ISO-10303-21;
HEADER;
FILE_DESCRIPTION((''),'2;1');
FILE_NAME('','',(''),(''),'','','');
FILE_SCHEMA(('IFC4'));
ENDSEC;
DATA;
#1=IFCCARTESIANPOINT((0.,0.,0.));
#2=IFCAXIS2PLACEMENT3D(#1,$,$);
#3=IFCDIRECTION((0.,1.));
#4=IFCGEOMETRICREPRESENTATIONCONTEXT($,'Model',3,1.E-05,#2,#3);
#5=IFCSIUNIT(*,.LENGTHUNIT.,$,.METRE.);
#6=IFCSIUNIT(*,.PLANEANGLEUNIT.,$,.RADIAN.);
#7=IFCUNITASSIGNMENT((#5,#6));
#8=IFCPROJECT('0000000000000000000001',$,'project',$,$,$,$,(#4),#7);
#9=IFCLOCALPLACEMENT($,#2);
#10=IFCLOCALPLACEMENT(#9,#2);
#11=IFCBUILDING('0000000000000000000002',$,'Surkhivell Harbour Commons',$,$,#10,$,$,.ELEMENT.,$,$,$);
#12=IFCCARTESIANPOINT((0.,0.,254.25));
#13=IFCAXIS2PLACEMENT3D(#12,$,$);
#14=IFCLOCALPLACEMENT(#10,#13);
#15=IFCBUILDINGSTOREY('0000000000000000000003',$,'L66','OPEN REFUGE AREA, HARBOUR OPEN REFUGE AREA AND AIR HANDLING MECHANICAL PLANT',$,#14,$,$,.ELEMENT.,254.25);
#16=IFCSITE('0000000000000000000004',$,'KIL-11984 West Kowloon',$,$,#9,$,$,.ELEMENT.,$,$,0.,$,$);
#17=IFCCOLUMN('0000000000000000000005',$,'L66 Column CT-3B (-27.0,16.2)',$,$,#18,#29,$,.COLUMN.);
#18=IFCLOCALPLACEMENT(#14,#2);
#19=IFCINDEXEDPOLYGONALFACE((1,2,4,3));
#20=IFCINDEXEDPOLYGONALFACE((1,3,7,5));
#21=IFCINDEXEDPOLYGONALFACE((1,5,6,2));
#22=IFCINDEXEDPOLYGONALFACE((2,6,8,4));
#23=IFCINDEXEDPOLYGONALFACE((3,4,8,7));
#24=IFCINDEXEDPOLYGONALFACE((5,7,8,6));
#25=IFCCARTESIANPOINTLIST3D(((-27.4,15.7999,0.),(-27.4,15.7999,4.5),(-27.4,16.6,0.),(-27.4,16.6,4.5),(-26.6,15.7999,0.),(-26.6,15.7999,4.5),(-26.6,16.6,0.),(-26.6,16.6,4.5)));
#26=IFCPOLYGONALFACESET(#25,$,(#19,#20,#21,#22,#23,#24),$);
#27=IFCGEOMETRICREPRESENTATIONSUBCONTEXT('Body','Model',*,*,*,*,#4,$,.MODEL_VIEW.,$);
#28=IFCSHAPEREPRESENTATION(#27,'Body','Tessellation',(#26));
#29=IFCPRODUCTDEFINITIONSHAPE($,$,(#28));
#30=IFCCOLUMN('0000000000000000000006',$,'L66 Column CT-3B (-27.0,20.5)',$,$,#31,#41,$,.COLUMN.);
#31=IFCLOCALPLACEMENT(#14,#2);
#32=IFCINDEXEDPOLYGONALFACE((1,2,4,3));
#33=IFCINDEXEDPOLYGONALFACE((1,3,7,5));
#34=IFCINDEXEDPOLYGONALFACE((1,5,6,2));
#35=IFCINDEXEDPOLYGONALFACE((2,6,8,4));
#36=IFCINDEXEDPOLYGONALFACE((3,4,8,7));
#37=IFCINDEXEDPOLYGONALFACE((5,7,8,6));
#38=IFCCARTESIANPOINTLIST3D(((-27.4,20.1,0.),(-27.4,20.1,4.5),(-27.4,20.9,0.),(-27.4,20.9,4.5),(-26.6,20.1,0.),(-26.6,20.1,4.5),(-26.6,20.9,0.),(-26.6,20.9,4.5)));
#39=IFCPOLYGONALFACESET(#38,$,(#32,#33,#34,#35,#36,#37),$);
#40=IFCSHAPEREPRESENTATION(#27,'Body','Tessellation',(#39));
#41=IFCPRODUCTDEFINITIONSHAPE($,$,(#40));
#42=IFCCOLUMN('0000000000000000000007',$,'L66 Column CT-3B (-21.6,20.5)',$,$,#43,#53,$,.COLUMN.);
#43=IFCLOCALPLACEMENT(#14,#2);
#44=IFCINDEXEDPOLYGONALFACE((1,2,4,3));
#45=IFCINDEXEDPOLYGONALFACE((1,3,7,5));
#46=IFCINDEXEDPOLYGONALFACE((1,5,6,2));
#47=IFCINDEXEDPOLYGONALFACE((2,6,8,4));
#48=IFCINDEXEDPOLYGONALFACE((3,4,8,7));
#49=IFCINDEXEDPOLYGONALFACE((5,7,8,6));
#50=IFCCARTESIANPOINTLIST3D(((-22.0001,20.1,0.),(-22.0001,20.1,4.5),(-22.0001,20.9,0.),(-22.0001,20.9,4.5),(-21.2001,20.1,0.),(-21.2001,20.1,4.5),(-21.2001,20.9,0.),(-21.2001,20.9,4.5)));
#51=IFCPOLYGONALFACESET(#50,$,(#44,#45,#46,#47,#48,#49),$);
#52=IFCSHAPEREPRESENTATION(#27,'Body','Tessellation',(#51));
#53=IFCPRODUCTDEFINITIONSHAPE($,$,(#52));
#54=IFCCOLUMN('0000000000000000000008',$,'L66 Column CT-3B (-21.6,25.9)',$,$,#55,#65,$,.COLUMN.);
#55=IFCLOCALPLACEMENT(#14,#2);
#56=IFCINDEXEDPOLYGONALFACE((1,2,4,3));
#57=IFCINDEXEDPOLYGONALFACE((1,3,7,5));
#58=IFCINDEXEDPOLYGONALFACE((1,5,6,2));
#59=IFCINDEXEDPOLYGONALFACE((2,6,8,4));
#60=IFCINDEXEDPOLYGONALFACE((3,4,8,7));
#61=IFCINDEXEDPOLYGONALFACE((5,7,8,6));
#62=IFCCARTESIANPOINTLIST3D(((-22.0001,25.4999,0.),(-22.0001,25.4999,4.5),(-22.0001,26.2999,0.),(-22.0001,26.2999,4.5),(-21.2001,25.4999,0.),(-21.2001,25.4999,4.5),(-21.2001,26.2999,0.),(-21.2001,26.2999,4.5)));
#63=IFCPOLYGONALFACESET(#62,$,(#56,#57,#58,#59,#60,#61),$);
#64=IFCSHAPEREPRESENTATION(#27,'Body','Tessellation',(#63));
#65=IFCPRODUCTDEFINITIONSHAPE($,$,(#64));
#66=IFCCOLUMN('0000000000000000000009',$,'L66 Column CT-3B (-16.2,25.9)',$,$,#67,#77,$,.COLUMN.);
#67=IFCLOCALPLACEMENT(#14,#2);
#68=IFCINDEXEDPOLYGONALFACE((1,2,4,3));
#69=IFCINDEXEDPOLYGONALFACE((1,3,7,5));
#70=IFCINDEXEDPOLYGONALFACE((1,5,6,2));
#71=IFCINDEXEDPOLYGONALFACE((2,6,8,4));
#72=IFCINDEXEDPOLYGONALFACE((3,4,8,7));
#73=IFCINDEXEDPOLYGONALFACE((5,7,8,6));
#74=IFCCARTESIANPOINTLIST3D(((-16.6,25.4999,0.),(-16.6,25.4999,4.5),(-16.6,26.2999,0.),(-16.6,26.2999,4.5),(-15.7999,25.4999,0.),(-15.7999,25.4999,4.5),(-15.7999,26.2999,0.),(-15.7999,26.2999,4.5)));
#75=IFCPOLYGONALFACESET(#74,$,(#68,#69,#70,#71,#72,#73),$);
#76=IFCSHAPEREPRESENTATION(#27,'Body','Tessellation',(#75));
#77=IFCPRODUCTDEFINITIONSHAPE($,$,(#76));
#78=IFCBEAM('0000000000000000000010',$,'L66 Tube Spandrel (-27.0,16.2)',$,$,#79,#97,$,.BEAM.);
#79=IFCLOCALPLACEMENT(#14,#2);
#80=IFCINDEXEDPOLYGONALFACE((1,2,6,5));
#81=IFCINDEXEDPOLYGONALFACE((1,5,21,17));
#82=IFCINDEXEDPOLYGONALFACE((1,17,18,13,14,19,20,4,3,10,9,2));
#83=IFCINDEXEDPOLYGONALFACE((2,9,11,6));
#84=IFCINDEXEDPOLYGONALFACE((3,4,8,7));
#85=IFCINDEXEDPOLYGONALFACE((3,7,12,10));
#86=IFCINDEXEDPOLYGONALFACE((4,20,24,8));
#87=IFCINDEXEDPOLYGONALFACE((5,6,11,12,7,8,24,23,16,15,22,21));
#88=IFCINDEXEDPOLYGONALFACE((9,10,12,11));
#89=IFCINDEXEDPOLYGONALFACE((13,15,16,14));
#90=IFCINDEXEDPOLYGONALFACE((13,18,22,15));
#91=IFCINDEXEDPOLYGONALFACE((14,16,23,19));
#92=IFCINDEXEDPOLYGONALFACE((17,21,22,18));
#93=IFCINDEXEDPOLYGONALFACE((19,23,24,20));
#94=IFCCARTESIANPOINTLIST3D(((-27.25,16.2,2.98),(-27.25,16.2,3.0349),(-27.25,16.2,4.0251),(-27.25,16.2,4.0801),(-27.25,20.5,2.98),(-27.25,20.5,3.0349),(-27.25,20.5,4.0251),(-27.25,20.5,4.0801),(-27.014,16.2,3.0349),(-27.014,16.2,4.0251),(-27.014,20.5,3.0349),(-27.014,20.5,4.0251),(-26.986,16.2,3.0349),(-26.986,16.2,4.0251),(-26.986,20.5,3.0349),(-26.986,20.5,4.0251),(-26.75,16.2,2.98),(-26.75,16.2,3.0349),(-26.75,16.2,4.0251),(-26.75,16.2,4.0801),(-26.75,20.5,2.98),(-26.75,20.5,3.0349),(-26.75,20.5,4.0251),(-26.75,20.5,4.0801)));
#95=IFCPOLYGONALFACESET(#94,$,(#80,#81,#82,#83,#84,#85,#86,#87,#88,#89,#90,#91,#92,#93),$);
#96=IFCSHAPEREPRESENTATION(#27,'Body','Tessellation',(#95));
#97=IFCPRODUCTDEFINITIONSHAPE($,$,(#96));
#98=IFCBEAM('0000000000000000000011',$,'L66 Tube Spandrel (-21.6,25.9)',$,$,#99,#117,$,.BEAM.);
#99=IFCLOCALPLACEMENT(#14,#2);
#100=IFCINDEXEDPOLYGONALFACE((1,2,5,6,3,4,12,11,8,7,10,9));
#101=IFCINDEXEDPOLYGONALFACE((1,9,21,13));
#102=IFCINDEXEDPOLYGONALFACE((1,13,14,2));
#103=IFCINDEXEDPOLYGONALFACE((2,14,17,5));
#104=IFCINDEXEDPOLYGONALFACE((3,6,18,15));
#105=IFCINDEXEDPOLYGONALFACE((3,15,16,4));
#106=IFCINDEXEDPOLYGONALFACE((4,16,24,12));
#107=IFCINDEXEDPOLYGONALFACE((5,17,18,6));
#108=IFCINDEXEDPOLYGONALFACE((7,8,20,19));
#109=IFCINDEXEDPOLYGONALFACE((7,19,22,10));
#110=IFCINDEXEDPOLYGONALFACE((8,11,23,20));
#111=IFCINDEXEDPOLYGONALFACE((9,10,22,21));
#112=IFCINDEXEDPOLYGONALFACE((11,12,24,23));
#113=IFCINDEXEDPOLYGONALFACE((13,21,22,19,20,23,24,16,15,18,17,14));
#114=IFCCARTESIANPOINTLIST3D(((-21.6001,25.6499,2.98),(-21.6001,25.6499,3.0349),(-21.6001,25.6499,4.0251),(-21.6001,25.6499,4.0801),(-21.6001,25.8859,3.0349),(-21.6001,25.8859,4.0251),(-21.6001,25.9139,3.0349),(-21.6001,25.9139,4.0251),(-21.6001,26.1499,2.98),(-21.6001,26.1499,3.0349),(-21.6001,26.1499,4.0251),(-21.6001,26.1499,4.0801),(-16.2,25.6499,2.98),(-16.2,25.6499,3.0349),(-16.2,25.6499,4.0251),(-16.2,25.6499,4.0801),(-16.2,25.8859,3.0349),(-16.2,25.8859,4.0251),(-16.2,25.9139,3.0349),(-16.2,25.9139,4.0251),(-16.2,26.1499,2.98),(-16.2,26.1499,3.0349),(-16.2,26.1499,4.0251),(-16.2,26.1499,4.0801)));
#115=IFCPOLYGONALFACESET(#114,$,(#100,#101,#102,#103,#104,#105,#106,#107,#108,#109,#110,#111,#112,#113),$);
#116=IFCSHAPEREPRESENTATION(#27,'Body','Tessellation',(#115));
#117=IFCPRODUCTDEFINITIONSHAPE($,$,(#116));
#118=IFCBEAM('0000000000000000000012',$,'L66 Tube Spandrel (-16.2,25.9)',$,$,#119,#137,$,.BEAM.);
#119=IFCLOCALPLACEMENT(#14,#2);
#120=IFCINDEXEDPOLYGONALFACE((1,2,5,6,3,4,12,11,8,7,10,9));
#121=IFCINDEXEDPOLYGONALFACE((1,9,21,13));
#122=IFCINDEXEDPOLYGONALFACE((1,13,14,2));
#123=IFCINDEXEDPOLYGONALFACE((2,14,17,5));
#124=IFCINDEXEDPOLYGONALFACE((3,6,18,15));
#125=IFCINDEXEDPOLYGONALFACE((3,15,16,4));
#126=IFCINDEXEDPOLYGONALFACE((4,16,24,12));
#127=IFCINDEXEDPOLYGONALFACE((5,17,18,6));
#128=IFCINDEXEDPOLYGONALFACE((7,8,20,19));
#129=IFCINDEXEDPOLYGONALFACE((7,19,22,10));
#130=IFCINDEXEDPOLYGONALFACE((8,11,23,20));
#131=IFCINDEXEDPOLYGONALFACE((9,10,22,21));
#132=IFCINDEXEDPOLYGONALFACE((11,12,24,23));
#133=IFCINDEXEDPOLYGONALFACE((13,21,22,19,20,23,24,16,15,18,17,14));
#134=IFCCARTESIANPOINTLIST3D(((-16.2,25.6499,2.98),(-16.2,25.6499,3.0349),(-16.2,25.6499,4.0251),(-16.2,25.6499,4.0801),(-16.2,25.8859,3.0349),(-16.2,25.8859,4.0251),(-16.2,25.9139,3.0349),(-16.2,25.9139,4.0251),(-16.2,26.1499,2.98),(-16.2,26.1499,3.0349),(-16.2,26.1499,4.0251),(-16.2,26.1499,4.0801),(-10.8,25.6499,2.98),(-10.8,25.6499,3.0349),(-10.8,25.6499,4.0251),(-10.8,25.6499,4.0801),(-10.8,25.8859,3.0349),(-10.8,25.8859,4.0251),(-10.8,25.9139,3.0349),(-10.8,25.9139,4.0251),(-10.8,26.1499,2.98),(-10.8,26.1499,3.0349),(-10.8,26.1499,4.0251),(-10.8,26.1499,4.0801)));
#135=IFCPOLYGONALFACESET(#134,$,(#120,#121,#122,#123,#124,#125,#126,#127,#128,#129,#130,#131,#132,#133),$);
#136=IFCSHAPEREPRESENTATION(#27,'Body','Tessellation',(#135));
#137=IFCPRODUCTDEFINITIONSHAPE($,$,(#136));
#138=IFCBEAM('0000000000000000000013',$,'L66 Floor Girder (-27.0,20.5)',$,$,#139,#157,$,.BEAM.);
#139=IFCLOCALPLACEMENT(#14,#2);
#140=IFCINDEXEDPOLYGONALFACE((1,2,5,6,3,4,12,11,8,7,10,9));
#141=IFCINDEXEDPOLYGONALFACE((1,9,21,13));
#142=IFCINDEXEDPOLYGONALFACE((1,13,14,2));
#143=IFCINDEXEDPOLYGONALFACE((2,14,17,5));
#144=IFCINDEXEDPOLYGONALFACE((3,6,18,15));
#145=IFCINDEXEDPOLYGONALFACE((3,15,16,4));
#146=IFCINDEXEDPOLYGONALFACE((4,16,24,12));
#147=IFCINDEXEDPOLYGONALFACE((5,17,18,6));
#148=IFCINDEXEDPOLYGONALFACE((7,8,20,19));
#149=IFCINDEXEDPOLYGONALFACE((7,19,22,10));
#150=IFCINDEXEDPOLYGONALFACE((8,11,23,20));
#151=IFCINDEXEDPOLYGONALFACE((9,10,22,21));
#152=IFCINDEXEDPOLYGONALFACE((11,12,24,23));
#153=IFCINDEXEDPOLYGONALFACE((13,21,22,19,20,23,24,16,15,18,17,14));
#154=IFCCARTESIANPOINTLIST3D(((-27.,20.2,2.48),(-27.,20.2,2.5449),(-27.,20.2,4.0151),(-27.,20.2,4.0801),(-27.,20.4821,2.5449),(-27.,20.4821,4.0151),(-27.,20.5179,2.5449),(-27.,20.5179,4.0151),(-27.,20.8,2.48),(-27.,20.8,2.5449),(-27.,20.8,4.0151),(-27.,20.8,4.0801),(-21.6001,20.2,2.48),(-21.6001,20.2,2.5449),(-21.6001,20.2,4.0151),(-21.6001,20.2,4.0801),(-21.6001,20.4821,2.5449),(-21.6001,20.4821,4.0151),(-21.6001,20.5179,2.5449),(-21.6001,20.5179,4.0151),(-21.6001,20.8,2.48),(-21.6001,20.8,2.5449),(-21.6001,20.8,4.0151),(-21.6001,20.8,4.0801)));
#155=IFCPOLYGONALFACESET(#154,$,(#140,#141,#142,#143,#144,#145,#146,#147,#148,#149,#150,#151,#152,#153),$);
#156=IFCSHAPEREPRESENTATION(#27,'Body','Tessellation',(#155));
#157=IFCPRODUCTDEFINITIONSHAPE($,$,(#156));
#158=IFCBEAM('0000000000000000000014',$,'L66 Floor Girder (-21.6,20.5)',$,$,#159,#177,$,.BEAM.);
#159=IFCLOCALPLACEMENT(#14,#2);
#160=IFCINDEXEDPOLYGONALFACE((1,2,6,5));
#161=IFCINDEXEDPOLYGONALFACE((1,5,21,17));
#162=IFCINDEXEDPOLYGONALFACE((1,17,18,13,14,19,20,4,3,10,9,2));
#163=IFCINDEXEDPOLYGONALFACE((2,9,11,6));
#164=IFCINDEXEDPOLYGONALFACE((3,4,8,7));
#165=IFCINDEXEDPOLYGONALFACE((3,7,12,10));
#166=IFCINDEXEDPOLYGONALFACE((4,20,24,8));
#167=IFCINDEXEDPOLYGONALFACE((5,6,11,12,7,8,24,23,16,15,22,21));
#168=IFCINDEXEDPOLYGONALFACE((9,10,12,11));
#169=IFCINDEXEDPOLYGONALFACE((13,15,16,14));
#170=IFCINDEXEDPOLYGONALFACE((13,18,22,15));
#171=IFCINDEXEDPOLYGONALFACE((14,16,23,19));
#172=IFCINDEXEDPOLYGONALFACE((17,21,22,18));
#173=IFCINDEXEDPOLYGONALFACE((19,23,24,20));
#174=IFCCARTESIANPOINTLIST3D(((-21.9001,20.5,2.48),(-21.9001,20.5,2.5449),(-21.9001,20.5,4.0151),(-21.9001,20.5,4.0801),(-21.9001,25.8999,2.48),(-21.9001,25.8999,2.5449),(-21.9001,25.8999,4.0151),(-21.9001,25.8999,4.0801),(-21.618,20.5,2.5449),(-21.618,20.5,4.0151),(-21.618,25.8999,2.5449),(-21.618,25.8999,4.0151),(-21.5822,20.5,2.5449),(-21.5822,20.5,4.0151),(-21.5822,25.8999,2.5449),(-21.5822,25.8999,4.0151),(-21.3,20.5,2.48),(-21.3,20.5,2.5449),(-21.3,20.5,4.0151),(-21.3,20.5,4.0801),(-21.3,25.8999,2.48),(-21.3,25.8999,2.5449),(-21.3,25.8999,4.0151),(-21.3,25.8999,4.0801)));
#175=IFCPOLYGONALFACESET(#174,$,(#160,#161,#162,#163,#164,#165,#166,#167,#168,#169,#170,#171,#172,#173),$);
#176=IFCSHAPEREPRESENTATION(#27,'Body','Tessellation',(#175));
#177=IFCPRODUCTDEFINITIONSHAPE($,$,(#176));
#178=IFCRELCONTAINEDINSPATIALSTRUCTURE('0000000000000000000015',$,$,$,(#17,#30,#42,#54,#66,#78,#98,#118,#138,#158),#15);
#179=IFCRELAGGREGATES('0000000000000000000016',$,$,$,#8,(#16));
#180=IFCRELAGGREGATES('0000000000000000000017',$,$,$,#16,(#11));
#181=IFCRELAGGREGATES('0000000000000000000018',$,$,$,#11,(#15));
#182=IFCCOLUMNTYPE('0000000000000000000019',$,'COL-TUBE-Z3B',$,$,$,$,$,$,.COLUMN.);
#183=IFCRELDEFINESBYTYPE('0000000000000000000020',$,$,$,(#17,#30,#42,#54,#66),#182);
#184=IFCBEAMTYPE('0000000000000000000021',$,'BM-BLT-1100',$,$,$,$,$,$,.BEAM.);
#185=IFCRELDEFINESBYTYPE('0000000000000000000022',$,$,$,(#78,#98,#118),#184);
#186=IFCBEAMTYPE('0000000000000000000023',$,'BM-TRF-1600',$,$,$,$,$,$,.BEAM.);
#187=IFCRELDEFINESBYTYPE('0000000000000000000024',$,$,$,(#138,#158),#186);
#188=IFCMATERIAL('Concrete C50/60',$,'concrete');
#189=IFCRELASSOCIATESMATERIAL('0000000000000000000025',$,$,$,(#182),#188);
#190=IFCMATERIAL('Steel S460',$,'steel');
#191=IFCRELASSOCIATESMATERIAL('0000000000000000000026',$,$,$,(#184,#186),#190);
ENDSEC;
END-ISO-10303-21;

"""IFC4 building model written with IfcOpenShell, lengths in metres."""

from ifc_helpers import new_model, si_unit, direction, frame, origin, origin_2d, place, context, subcontext, project, spatial, rectangle, i_section, extrude, material, material_profile, profile_set, type_object, element, save


model = new_model("IFC4")

# Units and contexts
model_context = context("Model", 3, precision=1e-05, world=origin(), true_north=direction((0.0, 1.0)))
body_context = subcontext(model_context, "Body", "Model", "MODEL_VIEW")
ifc_project = project(units=[si_unit("LENGTHUNIT", "METRE"), si_unit("PLANEANGLEUNIT", "RADIAN")], contexts=[model_context])

# Site, building, storey
site_placement = place(None, origin())
site = spatial("IfcSite", under=ifc_project, at=site_placement, Name="KIL-11984 West Kowloon", CompositionType="ELEMENT", RefElevation=0.0)
building_placement = place(site_placement, origin())
building = spatial("IfcBuilding", under=site, at=building_placement, Name="Surkhivell Harbour Commons", CompositionType="ELEMENT")
storey_placement = place(building_placement, frame((0.0, 0.0, 254.25)))
storey = spatial("IfcBuildingStorey", under=building, at=storey_placement, Name="L66", Description="OPEN REFUGE AREA, HARBOUR OPEN REFUGE AREA AND AIR HANDLING MECHANICAL PLANT", CompositionType="ELEMENT", Elevation=254.25)

# Columns
ifc_material_1 = material(Name="Concrete C50/60", Category="concrete")
ifc_material_profile_1 = material_profile(ifc_material_1, rectangle(XDim=0.8, YDim=0.8, at=origin_2d()), Name="RC-COL-800x800")
ifc_profile_set_1 = profile_set([ifc_material_profile_1], Name="Concrete C50/60")
column_type = type_object("IfcColumnType", Name="COL-TUBE-Z3B", PredefinedType="COLUMN", material=ifc_profile_set_1)
for number, where, z_axis, x_axis, name in (
    (1, (-27.0, 16.2, 0.0), (0.0, 0.0, 1.0), (1.0, 0.0, 0.0), "L66 Column CT-3B (-27.0,16.2)"),
    (2, (-27.0, 20.5, 0.0), (0.0, 0.0, 1.0), (1.0, 0.0, 0.0), "L66 Column CT-3B (-27.0,20.5)"),
    (3, (-21.6001, 20.5, 0.0), (0.0, 0.0, 1.0), (1.0, 0.0, 0.0), "L66 Column CT-3B (-21.6,20.5)"),
    (4, (-21.6001, 25.8999, 0.0), (0.0, 0.0, 1.0), (1.0, 0.0, 0.0), "L66 Column CT-3B (-21.6,25.9)"),
    (5, (-16.2, 25.8999, 0.0), (0.0, 0.0, 1.0), (1.0, 0.0, 0.0), "L66 Column CT-3B (-16.2,25.9)"),
):
    element("IfcColumn", number, at=place(storey_placement, frame(where, z_axis=z_axis, x_axis=x_axis)), inside=storey, type_object=column_type, Name=name, PredefinedType="COLUMN", context=body_context, shape_type="SweptSolid", body=[
        extrude(rectangle(XDim=0.8, YDim=0.8, at=origin_2d()), origin(), (0.0, 0.0, 1.0), 4.5),
    ])

# Beams
ifc_material_2 = material(Name="Steel S460", Category="steel")
ifc_material_profile_2 = material_profile(ifc_material_2, i_section(OverallWidth=0.5, OverallDepth=1.1001, WebThickness=0.0281, FlangeThickness=0.0549, at=origin_2d()), Name="WPG1100x500x210")
ifc_profile_set_2 = profile_set([ifc_material_profile_2], Name="Steel S460")
beam_type_1 = type_object("IfcBeamType", Name="BM-BLT-1100", PredefinedType="BEAM", material=ifc_profile_set_2)
beam_1_placement = place(storey_placement, frame((-27.0, 16.2, 3.53), z_axis=(0.0, 1.0, 0.0), x_axis=(-1.0, 0.0, 0.0)))
element("IfcBeam", 6, at=beam_1_placement, inside=storey, type_object=beam_type_1, Name="L66 Tube Spandrel (-27.0,16.2)", PredefinedType="BEAM", context=body_context, shape_type="SweptSolid", body=[
    extrude(i_section(OverallWidth=0.5, OverallDepth=1.1001, WebThickness=0.0281, FlangeThickness=0.0549, at=origin_2d()), origin(), (0.0, 0.0, 1.0), 4.3),
])
beam_2_placement = place(storey_placement, frame((-21.6001, 25.8999, 3.53), z_axis=(1.0, 0.0, 0.0), x_axis=(0.0, 1.0, 0.0)))
element("IfcBeam", 7, at=beam_2_placement, inside=storey, type_object=beam_type_1, Name="L66 Tube Spandrel (-21.6,25.9)", PredefinedType="BEAM", context=body_context, shape_type="SweptSolid", body=[
    extrude(i_section(OverallWidth=0.5, OverallDepth=1.1001, WebThickness=0.0281, FlangeThickness=0.0549, at=origin_2d()), origin(), (0.0, 0.0, 1.0), 5.4001),
])
beam_3_placement = place(storey_placement, frame((-16.2, 25.8999, 3.53), z_axis=(1.0, 0.0, 0.0), x_axis=(0.0, 1.0, 0.0)))
element("IfcBeam", 8, at=beam_3_placement, inside=storey, type_object=beam_type_1, Name="L66 Tube Spandrel (-16.2,25.9)", PredefinedType="BEAM", context=body_context, shape_type="SweptSolid", body=[
    extrude(i_section(OverallWidth=0.5, OverallDepth=1.1001, WebThickness=0.0281, FlangeThickness=0.0549, at=origin_2d()), origin(), (0.0, 0.0, 1.0), 5.3999),
])
ifc_material_profile_3 = material_profile(ifc_material_2, i_section(OverallWidth=0.6001, OverallDepth=1.6001, WebThickness=0.0359, FlangeThickness=0.0649, at=origin_2d()), Name="WPG1600x600x296")
ifc_profile_set_3 = profile_set([ifc_material_profile_3], Name="Steel S460")
beam_type_2 = type_object("IfcBeamType", Name="BM-TRF-1600", PredefinedType="BEAM", material=ifc_profile_set_3)
for number, where, z_axis, x_axis, name in (
    (9, (-27.0, 20.5, 3.28), (1.0, 0.0, 0.0), (0.0, 1.0, 0.0), "L66 Floor Girder (-27.0,20.5)"),
    (10, (-21.6001, 20.5, 3.28), (0.0, 1.0, 0.0), (-1.0, 0.0, 0.0), "L66 Floor Girder (-21.6,20.5)"),
):
    element("IfcBeam", number, at=place(storey_placement, frame(where, z_axis=z_axis, x_axis=x_axis)), inside=storey, type_object=beam_type_2, Name=name, PredefinedType="BEAM", context=body_context, shape_type="SweptSolid", body=[
        extrude(i_section(OverallWidth=0.6001, OverallDepth=1.6001, WebThickness=0.0359, FlangeThickness=0.0649, at=origin_2d()), origin(), (0.0, 0.0, 1.0), 5.3999),
    ])

save(model, "model.ifc")
